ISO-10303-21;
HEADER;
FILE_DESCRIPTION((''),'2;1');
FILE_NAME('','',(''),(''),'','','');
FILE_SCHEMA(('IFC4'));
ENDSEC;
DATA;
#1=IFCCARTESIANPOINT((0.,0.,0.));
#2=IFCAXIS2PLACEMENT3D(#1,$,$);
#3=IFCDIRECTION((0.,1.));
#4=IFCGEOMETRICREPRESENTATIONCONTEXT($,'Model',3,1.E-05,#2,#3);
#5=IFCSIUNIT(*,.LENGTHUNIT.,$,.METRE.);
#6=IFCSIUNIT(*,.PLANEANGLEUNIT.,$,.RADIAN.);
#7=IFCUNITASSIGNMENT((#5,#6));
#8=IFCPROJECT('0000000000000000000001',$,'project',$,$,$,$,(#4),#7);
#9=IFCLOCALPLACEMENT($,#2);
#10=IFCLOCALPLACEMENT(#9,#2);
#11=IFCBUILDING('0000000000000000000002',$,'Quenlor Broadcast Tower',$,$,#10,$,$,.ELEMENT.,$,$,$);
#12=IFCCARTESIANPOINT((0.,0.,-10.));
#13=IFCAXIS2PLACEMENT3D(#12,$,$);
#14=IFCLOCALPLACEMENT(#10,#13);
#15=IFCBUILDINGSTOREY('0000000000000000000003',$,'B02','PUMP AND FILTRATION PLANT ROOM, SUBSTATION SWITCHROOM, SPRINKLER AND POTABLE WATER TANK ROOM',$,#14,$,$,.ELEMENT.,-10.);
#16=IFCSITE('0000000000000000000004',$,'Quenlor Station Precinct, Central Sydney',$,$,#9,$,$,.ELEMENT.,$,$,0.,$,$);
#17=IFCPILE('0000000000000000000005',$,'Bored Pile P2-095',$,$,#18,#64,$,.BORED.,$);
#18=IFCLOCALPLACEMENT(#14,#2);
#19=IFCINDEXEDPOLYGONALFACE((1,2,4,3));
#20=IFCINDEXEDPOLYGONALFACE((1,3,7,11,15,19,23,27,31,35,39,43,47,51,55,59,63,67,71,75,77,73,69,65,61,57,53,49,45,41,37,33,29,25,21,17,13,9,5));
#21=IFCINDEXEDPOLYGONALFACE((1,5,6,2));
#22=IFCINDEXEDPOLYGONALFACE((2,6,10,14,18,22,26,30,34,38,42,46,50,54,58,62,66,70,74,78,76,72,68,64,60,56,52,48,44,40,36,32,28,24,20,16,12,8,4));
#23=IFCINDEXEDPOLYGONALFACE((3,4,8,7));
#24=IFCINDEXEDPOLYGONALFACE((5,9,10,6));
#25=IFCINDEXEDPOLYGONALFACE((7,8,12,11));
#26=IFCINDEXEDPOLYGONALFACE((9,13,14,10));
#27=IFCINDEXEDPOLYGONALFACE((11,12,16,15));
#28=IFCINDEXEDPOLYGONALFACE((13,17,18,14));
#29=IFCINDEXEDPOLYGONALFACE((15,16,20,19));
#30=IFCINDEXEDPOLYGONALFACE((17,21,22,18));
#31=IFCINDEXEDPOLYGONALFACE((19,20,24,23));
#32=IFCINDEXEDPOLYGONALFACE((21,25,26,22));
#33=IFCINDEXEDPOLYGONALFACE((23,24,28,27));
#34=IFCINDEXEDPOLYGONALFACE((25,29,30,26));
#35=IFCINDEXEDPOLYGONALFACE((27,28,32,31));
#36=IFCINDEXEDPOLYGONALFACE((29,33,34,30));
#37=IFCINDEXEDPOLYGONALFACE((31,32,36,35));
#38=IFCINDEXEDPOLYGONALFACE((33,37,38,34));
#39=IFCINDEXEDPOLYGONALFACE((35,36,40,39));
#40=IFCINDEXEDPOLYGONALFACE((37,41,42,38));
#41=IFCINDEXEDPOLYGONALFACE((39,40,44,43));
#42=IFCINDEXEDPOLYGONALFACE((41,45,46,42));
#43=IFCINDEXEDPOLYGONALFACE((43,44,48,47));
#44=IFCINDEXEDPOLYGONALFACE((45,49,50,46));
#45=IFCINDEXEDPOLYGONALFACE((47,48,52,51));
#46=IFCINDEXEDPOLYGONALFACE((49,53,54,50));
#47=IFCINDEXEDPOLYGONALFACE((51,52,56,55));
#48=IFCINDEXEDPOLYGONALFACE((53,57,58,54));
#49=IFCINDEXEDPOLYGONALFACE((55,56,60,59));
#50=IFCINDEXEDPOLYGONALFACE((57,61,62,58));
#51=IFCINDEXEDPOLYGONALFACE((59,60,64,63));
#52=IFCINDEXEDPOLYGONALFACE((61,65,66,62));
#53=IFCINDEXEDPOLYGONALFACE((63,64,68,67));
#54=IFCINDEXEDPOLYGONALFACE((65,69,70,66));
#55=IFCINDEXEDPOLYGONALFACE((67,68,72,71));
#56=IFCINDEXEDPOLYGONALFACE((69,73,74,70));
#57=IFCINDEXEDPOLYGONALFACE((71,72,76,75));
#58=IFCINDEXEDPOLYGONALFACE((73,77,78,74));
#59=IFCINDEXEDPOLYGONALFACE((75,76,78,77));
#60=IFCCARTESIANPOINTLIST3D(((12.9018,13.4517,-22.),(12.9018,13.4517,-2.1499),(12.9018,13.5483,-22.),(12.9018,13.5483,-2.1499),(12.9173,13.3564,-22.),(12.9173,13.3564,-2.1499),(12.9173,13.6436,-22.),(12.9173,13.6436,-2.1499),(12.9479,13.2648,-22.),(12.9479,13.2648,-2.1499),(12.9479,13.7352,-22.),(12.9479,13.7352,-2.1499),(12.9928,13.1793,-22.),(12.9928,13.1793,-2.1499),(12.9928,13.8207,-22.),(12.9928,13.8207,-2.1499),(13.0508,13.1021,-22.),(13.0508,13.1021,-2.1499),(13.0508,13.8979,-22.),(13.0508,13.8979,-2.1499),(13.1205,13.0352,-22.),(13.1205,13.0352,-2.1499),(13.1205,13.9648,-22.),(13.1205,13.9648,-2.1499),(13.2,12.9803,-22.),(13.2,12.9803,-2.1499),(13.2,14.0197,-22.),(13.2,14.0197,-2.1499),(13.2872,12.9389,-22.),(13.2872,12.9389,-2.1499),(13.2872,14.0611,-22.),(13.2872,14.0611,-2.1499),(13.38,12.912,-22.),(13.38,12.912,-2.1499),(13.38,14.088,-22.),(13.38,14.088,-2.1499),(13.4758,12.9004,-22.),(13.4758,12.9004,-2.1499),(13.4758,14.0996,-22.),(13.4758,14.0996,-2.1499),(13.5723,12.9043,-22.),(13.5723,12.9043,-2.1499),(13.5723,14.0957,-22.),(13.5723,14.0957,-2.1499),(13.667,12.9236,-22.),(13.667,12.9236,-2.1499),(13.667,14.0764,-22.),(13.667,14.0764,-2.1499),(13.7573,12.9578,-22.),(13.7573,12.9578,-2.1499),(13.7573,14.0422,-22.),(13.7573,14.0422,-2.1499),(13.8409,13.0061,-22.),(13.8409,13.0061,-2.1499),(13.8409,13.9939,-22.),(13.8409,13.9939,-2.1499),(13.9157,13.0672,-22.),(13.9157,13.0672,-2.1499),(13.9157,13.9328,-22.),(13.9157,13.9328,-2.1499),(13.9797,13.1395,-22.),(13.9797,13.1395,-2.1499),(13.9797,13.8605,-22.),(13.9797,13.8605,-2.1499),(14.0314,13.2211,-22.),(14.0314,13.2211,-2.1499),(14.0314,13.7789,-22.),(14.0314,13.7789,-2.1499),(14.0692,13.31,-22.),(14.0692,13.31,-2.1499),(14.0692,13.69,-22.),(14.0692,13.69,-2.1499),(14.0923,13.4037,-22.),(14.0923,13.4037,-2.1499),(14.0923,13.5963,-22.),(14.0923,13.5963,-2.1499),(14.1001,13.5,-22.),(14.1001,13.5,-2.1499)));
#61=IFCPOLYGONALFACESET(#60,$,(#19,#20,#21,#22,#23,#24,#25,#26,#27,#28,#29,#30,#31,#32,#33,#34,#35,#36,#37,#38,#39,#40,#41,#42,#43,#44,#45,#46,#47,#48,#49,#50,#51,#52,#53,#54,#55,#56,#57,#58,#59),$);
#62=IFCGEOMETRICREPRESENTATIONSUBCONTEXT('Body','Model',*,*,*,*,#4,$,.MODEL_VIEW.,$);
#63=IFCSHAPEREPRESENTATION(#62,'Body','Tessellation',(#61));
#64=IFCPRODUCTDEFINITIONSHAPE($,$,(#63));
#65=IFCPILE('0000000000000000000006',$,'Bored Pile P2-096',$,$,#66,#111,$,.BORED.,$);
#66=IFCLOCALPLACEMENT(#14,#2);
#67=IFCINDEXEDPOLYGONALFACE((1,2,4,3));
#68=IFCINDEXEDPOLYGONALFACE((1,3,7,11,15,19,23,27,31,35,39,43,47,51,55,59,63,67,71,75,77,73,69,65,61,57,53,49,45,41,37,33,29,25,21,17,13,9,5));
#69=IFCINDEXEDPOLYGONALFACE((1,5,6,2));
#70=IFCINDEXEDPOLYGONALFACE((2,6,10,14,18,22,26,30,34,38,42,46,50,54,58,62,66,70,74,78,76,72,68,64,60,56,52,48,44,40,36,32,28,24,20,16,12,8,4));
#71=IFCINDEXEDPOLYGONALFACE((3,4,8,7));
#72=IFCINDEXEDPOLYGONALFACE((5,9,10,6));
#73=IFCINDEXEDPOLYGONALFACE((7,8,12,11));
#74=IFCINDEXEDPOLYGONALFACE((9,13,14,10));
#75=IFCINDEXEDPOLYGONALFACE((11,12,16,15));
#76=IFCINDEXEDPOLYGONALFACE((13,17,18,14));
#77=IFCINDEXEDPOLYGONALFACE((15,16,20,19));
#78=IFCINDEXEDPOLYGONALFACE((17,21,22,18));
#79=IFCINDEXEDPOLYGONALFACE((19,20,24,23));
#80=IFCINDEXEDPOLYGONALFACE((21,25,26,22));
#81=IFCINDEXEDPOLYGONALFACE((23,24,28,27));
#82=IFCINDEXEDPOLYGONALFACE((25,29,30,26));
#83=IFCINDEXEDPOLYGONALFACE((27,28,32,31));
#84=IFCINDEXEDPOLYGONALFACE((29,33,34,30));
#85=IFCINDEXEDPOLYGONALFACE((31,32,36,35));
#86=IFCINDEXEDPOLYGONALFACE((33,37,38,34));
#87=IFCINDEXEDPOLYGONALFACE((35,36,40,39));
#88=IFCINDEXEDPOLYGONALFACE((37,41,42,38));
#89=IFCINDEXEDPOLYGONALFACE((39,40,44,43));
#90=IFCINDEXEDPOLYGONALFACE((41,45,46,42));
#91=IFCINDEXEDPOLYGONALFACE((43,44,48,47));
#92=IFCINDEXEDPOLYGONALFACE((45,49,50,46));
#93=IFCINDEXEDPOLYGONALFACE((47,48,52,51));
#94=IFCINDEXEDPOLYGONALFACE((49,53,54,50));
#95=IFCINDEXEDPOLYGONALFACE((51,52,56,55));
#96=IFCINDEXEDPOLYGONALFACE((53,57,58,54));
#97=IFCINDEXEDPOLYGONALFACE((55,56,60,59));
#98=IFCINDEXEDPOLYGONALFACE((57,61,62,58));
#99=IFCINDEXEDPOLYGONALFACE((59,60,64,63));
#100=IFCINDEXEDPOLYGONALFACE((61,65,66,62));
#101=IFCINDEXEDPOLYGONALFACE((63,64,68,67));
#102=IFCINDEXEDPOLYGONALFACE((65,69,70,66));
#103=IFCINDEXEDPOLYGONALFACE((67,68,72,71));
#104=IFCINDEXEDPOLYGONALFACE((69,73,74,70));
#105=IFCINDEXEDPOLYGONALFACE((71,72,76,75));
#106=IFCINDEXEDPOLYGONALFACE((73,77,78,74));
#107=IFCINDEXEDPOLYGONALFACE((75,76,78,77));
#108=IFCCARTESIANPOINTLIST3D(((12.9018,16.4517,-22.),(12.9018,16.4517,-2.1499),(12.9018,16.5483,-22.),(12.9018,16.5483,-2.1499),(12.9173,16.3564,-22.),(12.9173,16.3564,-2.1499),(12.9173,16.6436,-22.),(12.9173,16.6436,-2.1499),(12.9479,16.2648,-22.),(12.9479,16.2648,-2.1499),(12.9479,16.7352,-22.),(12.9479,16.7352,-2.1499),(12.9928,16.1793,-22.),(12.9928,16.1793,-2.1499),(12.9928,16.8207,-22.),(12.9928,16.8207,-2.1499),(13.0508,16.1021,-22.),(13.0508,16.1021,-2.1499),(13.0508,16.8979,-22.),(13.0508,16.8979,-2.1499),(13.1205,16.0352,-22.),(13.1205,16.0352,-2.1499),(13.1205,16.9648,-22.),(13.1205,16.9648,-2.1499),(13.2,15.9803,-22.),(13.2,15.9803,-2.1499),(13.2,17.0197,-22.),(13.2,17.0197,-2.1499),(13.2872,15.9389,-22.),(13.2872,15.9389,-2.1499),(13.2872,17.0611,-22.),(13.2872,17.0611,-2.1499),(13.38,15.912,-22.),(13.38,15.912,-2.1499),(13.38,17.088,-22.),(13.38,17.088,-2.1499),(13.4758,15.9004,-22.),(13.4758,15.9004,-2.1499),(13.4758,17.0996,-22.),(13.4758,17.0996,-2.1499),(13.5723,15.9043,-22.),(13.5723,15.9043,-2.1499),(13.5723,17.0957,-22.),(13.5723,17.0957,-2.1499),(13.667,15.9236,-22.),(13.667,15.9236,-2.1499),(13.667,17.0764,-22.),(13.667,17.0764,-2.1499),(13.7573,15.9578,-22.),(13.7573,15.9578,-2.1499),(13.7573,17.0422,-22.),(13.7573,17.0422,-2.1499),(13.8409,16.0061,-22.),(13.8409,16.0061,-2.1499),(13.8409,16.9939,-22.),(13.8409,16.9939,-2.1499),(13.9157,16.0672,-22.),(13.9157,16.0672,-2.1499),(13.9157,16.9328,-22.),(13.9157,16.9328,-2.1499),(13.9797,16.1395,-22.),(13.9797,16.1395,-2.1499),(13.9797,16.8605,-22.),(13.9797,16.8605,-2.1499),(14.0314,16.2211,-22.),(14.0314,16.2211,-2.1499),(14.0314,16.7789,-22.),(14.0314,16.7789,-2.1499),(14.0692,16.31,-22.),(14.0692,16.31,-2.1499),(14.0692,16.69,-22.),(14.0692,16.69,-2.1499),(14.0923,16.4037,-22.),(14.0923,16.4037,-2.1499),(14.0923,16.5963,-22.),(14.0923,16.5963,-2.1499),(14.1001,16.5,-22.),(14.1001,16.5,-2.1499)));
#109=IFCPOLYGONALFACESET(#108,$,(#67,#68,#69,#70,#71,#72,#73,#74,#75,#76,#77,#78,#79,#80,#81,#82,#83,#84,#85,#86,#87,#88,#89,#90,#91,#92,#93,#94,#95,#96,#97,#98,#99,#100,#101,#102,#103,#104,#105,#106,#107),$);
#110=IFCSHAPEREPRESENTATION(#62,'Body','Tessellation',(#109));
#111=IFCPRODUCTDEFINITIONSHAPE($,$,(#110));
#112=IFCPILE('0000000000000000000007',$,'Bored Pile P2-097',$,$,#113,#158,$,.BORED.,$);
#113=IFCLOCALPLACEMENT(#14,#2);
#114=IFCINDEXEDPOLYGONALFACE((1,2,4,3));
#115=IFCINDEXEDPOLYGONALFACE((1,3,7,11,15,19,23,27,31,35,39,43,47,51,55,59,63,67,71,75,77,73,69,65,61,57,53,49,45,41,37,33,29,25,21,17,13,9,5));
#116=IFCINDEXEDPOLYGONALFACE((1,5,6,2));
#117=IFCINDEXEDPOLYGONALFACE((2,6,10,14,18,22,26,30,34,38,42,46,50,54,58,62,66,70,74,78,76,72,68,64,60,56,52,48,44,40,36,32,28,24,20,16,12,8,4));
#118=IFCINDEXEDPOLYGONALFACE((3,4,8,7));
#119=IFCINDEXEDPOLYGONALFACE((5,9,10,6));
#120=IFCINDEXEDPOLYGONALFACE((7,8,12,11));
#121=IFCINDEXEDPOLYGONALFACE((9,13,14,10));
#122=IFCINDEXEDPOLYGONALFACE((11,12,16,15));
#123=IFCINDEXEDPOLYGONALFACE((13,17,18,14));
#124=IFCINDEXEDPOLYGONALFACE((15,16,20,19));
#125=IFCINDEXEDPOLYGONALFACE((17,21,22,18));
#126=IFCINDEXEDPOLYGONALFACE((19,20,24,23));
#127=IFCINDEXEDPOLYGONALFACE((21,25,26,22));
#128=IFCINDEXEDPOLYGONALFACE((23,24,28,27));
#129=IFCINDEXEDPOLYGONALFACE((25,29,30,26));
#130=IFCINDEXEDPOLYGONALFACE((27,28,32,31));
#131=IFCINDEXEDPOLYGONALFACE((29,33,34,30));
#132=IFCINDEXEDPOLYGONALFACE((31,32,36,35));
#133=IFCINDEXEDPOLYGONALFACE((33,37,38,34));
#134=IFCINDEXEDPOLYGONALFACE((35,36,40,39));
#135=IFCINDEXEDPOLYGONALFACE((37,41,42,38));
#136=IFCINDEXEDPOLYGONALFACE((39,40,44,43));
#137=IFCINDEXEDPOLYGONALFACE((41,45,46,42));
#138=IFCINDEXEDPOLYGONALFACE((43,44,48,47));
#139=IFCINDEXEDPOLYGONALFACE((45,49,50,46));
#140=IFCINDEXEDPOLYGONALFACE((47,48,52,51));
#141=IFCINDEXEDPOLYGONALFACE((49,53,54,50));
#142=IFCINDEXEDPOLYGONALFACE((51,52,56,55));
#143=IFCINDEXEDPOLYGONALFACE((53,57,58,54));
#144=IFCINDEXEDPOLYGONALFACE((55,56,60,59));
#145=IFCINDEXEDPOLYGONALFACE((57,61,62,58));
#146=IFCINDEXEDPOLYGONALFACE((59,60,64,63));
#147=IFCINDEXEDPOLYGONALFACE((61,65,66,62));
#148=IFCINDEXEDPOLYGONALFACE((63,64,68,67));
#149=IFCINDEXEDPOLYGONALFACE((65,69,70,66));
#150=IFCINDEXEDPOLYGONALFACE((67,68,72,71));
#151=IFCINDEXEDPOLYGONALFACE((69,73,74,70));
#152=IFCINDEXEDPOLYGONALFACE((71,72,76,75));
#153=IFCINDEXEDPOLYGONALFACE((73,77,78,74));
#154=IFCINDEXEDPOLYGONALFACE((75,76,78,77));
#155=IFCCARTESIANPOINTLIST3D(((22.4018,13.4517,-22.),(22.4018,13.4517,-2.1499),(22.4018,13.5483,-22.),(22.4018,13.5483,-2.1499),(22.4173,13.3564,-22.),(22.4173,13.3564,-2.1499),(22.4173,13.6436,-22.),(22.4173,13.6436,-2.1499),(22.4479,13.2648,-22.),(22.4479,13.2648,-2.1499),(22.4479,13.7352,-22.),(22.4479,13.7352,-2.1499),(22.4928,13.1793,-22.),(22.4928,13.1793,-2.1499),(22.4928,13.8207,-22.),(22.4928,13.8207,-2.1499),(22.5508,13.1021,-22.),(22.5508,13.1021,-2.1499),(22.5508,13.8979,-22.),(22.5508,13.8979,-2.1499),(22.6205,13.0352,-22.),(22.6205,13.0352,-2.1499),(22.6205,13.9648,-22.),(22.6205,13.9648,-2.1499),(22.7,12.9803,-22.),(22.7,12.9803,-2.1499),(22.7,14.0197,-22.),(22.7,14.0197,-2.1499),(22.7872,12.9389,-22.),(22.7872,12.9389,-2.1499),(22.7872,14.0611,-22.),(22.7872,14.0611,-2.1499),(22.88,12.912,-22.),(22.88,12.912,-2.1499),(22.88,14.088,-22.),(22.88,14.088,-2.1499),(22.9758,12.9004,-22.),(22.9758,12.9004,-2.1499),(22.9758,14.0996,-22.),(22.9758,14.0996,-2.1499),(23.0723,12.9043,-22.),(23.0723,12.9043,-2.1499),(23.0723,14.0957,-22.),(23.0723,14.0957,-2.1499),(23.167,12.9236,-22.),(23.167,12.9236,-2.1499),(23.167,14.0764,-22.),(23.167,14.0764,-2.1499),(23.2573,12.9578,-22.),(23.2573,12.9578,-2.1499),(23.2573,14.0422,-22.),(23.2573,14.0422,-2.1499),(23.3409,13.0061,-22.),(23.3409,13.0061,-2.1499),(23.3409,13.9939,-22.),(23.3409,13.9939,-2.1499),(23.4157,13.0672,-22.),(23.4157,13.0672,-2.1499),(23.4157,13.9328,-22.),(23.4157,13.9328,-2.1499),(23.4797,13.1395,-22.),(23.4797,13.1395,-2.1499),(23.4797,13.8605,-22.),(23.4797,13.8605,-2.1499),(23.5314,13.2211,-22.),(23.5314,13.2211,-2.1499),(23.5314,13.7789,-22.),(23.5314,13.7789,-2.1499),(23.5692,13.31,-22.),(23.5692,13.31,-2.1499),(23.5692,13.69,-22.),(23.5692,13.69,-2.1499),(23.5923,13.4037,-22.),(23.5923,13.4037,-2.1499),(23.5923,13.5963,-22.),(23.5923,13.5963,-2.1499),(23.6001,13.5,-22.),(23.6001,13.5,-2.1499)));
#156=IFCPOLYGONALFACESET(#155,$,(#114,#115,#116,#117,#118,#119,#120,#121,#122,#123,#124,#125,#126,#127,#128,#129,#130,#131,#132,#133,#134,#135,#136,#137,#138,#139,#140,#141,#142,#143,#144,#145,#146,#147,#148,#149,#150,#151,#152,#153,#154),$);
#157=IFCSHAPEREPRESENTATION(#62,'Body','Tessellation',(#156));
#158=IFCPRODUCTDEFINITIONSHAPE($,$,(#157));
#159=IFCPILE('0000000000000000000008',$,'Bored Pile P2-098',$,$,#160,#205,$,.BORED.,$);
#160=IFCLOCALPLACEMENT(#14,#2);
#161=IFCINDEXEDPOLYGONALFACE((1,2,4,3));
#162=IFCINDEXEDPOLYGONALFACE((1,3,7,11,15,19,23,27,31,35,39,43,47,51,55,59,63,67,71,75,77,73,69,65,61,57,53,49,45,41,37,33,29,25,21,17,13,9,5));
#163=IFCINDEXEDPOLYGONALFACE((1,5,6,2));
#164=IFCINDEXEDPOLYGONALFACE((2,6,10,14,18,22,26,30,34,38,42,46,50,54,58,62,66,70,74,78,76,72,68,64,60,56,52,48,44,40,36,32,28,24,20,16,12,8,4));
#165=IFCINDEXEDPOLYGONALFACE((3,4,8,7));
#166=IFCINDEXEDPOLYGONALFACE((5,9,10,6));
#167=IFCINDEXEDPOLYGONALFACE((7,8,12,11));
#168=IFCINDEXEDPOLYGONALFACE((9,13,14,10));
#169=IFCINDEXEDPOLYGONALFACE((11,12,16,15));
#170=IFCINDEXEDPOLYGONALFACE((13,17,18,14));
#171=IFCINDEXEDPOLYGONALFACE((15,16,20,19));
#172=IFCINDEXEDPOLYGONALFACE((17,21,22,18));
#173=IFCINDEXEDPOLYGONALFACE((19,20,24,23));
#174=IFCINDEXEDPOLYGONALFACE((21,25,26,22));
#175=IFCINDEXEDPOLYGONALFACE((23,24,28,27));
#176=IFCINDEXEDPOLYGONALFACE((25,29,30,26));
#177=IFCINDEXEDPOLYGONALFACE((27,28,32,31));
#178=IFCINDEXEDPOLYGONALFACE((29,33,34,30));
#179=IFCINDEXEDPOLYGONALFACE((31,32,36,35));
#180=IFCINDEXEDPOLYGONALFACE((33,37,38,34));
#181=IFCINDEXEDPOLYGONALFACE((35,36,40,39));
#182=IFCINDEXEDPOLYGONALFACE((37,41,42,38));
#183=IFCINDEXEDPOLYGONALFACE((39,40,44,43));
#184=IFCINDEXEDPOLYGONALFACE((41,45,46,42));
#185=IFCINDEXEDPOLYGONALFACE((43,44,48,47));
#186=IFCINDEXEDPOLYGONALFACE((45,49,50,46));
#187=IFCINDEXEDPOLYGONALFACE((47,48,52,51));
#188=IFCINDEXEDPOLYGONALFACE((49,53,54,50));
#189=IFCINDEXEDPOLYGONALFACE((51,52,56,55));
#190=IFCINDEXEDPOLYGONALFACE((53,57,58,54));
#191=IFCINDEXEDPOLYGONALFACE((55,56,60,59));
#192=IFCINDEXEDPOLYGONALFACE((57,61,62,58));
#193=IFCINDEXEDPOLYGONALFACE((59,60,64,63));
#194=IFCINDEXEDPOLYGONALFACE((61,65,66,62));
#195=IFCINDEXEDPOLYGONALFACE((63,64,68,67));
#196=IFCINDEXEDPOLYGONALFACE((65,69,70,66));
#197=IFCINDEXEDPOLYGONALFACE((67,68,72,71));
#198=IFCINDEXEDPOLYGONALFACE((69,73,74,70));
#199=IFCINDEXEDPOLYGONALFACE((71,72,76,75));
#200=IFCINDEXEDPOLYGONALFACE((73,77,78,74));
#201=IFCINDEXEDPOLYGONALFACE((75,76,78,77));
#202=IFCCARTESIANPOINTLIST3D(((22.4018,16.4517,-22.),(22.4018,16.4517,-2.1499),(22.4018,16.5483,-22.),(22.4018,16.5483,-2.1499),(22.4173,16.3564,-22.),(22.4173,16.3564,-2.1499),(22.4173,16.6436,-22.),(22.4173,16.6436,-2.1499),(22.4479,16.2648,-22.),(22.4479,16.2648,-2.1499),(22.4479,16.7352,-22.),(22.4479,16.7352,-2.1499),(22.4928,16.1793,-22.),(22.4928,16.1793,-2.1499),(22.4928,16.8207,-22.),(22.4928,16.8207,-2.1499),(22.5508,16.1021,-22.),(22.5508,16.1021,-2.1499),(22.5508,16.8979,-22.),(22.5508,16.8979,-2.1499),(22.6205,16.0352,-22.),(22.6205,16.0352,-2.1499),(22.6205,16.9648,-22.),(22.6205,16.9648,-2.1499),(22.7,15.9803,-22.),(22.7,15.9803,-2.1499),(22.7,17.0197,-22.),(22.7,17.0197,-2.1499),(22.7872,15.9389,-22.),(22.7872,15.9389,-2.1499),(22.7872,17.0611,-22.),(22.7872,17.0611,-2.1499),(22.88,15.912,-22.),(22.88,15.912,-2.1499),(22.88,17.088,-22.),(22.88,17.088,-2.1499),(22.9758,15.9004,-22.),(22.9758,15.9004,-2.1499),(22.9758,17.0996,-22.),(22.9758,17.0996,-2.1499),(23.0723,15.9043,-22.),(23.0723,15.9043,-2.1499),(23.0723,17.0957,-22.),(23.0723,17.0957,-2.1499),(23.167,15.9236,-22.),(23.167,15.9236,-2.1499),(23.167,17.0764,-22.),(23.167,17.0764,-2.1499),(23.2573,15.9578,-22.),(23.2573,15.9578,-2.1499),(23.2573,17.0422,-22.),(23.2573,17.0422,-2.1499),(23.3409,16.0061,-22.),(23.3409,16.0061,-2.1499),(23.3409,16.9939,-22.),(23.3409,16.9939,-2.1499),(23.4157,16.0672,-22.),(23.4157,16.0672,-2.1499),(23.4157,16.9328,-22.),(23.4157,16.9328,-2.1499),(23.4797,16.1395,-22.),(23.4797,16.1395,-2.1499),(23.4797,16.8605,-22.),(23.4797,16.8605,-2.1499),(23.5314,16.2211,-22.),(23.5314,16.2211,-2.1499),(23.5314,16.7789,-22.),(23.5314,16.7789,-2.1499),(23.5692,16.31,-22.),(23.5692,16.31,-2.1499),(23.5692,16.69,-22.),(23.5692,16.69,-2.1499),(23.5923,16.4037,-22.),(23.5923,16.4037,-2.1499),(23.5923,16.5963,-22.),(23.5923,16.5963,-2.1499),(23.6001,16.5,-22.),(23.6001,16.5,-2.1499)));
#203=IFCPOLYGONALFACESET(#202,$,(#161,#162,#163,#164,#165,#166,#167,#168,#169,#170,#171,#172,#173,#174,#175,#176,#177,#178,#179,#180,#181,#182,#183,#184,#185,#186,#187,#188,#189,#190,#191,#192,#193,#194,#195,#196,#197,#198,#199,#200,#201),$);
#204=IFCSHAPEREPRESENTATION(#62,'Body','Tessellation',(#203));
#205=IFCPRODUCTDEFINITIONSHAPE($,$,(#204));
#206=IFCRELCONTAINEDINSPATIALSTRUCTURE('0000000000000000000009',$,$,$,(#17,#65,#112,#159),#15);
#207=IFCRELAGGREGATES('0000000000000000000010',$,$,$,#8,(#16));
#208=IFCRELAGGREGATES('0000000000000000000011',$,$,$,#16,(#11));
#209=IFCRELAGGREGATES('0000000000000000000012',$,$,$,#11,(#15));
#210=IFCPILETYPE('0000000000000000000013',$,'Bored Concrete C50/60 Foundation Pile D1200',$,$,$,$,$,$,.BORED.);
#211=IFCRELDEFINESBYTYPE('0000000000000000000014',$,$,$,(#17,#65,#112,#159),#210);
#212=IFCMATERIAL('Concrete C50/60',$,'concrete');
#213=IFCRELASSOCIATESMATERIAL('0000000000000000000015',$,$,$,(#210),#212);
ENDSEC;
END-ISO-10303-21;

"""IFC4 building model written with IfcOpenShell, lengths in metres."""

from ifc_helpers import new_model, si_unit, direction, frame, origin, origin_2d, place, context, subcontext, project, spatial, circle, extrude, material, material_profile, profile_set, type_object, element, save


model = new_model("IFC4")

# Units and contexts
model_context = context("Model", 3, precision=1e-05, world=origin(), true_north=direction((0.0, 1.0)))
body_context = subcontext(model_context, "Body", "Model", "MODEL_VIEW")
ifc_project = project(units=[si_unit("LENGTHUNIT", "METRE"), si_unit("PLANEANGLEUNIT", "RADIAN")], contexts=[model_context])

# Site, building, storey
site_placement = place(None, origin())
site = spatial("IfcSite", under=ifc_project, at=site_placement, Name="Quenlor Station Precinct, Central Sydney", CompositionType="ELEMENT", RefElevation=0.0)
building_placement = place(site_placement, origin())
building = spatial("IfcBuilding", under=site, at=building_placement, Name="Quenlor Broadcast Tower", CompositionType="ELEMENT")
storey_placement = place(building_placement, frame((0.0, 0.0, -10.0)))
storey = spatial("IfcBuildingStorey", under=building, at=storey_placement, Name="B02", Description="PUMP AND FILTRATION PLANT ROOM, SUBSTATION SWITCHROOM, SPRINKLER AND POTABLE WATER TANK ROOM", CompositionType="ELEMENT", Elevation=-10.0)

# Piles
ifc_material_1 = material(Name="Concrete C50/60", Category="concrete")
ifc_material_profile_1 = material_profile(ifc_material_1, circle(Radius=0.6001, at=origin_2d()))
ifc_profile_set_1 = profile_set([ifc_material_profile_1], Name="Concrete C50/60 PILE1200")
pile_type = type_object("IfcPileType", Name="Bored Concrete C50/60 Foundation Pile D1200", PredefinedType="BORED", material=ifc_profile_set_1)
for number, where, z_axis, x_axis, name in (
    (1, (13.5, 13.5, -2.1499), (0.0, 0.0, -1.0), (1.0, 0.0, 0.0), "Bored Pile P2-095"),
    (2, (13.5, 16.5, -2.1499), (0.0, 0.0, -1.0), (1.0, 0.0, 0.0), "Bored Pile P2-096"),
    (3, (23.0, 13.5, -2.1499), (0.0, 0.0, -1.0), (1.0, 0.0, 0.0), "Bored Pile P2-097"),
    (4, (23.0, 16.5, -2.1499), (0.0, 0.0, -1.0), (1.0, 0.0, 0.0), "Bored Pile P2-098"),
):
    element("IfcPile", number, at=place(storey_placement, frame(where, z_axis=z_axis, x_axis=x_axis)), inside=storey, type_object=pile_type, Name=name, PredefinedType="BORED", context=body_context, shape_type="SweptSolid", body=[
        extrude(circle(Radius=0.6001, at=origin_2d()), origin(), (0.0, 0.0, 1.0), 19.8501),
    ])

save(model, "model.ifc")
